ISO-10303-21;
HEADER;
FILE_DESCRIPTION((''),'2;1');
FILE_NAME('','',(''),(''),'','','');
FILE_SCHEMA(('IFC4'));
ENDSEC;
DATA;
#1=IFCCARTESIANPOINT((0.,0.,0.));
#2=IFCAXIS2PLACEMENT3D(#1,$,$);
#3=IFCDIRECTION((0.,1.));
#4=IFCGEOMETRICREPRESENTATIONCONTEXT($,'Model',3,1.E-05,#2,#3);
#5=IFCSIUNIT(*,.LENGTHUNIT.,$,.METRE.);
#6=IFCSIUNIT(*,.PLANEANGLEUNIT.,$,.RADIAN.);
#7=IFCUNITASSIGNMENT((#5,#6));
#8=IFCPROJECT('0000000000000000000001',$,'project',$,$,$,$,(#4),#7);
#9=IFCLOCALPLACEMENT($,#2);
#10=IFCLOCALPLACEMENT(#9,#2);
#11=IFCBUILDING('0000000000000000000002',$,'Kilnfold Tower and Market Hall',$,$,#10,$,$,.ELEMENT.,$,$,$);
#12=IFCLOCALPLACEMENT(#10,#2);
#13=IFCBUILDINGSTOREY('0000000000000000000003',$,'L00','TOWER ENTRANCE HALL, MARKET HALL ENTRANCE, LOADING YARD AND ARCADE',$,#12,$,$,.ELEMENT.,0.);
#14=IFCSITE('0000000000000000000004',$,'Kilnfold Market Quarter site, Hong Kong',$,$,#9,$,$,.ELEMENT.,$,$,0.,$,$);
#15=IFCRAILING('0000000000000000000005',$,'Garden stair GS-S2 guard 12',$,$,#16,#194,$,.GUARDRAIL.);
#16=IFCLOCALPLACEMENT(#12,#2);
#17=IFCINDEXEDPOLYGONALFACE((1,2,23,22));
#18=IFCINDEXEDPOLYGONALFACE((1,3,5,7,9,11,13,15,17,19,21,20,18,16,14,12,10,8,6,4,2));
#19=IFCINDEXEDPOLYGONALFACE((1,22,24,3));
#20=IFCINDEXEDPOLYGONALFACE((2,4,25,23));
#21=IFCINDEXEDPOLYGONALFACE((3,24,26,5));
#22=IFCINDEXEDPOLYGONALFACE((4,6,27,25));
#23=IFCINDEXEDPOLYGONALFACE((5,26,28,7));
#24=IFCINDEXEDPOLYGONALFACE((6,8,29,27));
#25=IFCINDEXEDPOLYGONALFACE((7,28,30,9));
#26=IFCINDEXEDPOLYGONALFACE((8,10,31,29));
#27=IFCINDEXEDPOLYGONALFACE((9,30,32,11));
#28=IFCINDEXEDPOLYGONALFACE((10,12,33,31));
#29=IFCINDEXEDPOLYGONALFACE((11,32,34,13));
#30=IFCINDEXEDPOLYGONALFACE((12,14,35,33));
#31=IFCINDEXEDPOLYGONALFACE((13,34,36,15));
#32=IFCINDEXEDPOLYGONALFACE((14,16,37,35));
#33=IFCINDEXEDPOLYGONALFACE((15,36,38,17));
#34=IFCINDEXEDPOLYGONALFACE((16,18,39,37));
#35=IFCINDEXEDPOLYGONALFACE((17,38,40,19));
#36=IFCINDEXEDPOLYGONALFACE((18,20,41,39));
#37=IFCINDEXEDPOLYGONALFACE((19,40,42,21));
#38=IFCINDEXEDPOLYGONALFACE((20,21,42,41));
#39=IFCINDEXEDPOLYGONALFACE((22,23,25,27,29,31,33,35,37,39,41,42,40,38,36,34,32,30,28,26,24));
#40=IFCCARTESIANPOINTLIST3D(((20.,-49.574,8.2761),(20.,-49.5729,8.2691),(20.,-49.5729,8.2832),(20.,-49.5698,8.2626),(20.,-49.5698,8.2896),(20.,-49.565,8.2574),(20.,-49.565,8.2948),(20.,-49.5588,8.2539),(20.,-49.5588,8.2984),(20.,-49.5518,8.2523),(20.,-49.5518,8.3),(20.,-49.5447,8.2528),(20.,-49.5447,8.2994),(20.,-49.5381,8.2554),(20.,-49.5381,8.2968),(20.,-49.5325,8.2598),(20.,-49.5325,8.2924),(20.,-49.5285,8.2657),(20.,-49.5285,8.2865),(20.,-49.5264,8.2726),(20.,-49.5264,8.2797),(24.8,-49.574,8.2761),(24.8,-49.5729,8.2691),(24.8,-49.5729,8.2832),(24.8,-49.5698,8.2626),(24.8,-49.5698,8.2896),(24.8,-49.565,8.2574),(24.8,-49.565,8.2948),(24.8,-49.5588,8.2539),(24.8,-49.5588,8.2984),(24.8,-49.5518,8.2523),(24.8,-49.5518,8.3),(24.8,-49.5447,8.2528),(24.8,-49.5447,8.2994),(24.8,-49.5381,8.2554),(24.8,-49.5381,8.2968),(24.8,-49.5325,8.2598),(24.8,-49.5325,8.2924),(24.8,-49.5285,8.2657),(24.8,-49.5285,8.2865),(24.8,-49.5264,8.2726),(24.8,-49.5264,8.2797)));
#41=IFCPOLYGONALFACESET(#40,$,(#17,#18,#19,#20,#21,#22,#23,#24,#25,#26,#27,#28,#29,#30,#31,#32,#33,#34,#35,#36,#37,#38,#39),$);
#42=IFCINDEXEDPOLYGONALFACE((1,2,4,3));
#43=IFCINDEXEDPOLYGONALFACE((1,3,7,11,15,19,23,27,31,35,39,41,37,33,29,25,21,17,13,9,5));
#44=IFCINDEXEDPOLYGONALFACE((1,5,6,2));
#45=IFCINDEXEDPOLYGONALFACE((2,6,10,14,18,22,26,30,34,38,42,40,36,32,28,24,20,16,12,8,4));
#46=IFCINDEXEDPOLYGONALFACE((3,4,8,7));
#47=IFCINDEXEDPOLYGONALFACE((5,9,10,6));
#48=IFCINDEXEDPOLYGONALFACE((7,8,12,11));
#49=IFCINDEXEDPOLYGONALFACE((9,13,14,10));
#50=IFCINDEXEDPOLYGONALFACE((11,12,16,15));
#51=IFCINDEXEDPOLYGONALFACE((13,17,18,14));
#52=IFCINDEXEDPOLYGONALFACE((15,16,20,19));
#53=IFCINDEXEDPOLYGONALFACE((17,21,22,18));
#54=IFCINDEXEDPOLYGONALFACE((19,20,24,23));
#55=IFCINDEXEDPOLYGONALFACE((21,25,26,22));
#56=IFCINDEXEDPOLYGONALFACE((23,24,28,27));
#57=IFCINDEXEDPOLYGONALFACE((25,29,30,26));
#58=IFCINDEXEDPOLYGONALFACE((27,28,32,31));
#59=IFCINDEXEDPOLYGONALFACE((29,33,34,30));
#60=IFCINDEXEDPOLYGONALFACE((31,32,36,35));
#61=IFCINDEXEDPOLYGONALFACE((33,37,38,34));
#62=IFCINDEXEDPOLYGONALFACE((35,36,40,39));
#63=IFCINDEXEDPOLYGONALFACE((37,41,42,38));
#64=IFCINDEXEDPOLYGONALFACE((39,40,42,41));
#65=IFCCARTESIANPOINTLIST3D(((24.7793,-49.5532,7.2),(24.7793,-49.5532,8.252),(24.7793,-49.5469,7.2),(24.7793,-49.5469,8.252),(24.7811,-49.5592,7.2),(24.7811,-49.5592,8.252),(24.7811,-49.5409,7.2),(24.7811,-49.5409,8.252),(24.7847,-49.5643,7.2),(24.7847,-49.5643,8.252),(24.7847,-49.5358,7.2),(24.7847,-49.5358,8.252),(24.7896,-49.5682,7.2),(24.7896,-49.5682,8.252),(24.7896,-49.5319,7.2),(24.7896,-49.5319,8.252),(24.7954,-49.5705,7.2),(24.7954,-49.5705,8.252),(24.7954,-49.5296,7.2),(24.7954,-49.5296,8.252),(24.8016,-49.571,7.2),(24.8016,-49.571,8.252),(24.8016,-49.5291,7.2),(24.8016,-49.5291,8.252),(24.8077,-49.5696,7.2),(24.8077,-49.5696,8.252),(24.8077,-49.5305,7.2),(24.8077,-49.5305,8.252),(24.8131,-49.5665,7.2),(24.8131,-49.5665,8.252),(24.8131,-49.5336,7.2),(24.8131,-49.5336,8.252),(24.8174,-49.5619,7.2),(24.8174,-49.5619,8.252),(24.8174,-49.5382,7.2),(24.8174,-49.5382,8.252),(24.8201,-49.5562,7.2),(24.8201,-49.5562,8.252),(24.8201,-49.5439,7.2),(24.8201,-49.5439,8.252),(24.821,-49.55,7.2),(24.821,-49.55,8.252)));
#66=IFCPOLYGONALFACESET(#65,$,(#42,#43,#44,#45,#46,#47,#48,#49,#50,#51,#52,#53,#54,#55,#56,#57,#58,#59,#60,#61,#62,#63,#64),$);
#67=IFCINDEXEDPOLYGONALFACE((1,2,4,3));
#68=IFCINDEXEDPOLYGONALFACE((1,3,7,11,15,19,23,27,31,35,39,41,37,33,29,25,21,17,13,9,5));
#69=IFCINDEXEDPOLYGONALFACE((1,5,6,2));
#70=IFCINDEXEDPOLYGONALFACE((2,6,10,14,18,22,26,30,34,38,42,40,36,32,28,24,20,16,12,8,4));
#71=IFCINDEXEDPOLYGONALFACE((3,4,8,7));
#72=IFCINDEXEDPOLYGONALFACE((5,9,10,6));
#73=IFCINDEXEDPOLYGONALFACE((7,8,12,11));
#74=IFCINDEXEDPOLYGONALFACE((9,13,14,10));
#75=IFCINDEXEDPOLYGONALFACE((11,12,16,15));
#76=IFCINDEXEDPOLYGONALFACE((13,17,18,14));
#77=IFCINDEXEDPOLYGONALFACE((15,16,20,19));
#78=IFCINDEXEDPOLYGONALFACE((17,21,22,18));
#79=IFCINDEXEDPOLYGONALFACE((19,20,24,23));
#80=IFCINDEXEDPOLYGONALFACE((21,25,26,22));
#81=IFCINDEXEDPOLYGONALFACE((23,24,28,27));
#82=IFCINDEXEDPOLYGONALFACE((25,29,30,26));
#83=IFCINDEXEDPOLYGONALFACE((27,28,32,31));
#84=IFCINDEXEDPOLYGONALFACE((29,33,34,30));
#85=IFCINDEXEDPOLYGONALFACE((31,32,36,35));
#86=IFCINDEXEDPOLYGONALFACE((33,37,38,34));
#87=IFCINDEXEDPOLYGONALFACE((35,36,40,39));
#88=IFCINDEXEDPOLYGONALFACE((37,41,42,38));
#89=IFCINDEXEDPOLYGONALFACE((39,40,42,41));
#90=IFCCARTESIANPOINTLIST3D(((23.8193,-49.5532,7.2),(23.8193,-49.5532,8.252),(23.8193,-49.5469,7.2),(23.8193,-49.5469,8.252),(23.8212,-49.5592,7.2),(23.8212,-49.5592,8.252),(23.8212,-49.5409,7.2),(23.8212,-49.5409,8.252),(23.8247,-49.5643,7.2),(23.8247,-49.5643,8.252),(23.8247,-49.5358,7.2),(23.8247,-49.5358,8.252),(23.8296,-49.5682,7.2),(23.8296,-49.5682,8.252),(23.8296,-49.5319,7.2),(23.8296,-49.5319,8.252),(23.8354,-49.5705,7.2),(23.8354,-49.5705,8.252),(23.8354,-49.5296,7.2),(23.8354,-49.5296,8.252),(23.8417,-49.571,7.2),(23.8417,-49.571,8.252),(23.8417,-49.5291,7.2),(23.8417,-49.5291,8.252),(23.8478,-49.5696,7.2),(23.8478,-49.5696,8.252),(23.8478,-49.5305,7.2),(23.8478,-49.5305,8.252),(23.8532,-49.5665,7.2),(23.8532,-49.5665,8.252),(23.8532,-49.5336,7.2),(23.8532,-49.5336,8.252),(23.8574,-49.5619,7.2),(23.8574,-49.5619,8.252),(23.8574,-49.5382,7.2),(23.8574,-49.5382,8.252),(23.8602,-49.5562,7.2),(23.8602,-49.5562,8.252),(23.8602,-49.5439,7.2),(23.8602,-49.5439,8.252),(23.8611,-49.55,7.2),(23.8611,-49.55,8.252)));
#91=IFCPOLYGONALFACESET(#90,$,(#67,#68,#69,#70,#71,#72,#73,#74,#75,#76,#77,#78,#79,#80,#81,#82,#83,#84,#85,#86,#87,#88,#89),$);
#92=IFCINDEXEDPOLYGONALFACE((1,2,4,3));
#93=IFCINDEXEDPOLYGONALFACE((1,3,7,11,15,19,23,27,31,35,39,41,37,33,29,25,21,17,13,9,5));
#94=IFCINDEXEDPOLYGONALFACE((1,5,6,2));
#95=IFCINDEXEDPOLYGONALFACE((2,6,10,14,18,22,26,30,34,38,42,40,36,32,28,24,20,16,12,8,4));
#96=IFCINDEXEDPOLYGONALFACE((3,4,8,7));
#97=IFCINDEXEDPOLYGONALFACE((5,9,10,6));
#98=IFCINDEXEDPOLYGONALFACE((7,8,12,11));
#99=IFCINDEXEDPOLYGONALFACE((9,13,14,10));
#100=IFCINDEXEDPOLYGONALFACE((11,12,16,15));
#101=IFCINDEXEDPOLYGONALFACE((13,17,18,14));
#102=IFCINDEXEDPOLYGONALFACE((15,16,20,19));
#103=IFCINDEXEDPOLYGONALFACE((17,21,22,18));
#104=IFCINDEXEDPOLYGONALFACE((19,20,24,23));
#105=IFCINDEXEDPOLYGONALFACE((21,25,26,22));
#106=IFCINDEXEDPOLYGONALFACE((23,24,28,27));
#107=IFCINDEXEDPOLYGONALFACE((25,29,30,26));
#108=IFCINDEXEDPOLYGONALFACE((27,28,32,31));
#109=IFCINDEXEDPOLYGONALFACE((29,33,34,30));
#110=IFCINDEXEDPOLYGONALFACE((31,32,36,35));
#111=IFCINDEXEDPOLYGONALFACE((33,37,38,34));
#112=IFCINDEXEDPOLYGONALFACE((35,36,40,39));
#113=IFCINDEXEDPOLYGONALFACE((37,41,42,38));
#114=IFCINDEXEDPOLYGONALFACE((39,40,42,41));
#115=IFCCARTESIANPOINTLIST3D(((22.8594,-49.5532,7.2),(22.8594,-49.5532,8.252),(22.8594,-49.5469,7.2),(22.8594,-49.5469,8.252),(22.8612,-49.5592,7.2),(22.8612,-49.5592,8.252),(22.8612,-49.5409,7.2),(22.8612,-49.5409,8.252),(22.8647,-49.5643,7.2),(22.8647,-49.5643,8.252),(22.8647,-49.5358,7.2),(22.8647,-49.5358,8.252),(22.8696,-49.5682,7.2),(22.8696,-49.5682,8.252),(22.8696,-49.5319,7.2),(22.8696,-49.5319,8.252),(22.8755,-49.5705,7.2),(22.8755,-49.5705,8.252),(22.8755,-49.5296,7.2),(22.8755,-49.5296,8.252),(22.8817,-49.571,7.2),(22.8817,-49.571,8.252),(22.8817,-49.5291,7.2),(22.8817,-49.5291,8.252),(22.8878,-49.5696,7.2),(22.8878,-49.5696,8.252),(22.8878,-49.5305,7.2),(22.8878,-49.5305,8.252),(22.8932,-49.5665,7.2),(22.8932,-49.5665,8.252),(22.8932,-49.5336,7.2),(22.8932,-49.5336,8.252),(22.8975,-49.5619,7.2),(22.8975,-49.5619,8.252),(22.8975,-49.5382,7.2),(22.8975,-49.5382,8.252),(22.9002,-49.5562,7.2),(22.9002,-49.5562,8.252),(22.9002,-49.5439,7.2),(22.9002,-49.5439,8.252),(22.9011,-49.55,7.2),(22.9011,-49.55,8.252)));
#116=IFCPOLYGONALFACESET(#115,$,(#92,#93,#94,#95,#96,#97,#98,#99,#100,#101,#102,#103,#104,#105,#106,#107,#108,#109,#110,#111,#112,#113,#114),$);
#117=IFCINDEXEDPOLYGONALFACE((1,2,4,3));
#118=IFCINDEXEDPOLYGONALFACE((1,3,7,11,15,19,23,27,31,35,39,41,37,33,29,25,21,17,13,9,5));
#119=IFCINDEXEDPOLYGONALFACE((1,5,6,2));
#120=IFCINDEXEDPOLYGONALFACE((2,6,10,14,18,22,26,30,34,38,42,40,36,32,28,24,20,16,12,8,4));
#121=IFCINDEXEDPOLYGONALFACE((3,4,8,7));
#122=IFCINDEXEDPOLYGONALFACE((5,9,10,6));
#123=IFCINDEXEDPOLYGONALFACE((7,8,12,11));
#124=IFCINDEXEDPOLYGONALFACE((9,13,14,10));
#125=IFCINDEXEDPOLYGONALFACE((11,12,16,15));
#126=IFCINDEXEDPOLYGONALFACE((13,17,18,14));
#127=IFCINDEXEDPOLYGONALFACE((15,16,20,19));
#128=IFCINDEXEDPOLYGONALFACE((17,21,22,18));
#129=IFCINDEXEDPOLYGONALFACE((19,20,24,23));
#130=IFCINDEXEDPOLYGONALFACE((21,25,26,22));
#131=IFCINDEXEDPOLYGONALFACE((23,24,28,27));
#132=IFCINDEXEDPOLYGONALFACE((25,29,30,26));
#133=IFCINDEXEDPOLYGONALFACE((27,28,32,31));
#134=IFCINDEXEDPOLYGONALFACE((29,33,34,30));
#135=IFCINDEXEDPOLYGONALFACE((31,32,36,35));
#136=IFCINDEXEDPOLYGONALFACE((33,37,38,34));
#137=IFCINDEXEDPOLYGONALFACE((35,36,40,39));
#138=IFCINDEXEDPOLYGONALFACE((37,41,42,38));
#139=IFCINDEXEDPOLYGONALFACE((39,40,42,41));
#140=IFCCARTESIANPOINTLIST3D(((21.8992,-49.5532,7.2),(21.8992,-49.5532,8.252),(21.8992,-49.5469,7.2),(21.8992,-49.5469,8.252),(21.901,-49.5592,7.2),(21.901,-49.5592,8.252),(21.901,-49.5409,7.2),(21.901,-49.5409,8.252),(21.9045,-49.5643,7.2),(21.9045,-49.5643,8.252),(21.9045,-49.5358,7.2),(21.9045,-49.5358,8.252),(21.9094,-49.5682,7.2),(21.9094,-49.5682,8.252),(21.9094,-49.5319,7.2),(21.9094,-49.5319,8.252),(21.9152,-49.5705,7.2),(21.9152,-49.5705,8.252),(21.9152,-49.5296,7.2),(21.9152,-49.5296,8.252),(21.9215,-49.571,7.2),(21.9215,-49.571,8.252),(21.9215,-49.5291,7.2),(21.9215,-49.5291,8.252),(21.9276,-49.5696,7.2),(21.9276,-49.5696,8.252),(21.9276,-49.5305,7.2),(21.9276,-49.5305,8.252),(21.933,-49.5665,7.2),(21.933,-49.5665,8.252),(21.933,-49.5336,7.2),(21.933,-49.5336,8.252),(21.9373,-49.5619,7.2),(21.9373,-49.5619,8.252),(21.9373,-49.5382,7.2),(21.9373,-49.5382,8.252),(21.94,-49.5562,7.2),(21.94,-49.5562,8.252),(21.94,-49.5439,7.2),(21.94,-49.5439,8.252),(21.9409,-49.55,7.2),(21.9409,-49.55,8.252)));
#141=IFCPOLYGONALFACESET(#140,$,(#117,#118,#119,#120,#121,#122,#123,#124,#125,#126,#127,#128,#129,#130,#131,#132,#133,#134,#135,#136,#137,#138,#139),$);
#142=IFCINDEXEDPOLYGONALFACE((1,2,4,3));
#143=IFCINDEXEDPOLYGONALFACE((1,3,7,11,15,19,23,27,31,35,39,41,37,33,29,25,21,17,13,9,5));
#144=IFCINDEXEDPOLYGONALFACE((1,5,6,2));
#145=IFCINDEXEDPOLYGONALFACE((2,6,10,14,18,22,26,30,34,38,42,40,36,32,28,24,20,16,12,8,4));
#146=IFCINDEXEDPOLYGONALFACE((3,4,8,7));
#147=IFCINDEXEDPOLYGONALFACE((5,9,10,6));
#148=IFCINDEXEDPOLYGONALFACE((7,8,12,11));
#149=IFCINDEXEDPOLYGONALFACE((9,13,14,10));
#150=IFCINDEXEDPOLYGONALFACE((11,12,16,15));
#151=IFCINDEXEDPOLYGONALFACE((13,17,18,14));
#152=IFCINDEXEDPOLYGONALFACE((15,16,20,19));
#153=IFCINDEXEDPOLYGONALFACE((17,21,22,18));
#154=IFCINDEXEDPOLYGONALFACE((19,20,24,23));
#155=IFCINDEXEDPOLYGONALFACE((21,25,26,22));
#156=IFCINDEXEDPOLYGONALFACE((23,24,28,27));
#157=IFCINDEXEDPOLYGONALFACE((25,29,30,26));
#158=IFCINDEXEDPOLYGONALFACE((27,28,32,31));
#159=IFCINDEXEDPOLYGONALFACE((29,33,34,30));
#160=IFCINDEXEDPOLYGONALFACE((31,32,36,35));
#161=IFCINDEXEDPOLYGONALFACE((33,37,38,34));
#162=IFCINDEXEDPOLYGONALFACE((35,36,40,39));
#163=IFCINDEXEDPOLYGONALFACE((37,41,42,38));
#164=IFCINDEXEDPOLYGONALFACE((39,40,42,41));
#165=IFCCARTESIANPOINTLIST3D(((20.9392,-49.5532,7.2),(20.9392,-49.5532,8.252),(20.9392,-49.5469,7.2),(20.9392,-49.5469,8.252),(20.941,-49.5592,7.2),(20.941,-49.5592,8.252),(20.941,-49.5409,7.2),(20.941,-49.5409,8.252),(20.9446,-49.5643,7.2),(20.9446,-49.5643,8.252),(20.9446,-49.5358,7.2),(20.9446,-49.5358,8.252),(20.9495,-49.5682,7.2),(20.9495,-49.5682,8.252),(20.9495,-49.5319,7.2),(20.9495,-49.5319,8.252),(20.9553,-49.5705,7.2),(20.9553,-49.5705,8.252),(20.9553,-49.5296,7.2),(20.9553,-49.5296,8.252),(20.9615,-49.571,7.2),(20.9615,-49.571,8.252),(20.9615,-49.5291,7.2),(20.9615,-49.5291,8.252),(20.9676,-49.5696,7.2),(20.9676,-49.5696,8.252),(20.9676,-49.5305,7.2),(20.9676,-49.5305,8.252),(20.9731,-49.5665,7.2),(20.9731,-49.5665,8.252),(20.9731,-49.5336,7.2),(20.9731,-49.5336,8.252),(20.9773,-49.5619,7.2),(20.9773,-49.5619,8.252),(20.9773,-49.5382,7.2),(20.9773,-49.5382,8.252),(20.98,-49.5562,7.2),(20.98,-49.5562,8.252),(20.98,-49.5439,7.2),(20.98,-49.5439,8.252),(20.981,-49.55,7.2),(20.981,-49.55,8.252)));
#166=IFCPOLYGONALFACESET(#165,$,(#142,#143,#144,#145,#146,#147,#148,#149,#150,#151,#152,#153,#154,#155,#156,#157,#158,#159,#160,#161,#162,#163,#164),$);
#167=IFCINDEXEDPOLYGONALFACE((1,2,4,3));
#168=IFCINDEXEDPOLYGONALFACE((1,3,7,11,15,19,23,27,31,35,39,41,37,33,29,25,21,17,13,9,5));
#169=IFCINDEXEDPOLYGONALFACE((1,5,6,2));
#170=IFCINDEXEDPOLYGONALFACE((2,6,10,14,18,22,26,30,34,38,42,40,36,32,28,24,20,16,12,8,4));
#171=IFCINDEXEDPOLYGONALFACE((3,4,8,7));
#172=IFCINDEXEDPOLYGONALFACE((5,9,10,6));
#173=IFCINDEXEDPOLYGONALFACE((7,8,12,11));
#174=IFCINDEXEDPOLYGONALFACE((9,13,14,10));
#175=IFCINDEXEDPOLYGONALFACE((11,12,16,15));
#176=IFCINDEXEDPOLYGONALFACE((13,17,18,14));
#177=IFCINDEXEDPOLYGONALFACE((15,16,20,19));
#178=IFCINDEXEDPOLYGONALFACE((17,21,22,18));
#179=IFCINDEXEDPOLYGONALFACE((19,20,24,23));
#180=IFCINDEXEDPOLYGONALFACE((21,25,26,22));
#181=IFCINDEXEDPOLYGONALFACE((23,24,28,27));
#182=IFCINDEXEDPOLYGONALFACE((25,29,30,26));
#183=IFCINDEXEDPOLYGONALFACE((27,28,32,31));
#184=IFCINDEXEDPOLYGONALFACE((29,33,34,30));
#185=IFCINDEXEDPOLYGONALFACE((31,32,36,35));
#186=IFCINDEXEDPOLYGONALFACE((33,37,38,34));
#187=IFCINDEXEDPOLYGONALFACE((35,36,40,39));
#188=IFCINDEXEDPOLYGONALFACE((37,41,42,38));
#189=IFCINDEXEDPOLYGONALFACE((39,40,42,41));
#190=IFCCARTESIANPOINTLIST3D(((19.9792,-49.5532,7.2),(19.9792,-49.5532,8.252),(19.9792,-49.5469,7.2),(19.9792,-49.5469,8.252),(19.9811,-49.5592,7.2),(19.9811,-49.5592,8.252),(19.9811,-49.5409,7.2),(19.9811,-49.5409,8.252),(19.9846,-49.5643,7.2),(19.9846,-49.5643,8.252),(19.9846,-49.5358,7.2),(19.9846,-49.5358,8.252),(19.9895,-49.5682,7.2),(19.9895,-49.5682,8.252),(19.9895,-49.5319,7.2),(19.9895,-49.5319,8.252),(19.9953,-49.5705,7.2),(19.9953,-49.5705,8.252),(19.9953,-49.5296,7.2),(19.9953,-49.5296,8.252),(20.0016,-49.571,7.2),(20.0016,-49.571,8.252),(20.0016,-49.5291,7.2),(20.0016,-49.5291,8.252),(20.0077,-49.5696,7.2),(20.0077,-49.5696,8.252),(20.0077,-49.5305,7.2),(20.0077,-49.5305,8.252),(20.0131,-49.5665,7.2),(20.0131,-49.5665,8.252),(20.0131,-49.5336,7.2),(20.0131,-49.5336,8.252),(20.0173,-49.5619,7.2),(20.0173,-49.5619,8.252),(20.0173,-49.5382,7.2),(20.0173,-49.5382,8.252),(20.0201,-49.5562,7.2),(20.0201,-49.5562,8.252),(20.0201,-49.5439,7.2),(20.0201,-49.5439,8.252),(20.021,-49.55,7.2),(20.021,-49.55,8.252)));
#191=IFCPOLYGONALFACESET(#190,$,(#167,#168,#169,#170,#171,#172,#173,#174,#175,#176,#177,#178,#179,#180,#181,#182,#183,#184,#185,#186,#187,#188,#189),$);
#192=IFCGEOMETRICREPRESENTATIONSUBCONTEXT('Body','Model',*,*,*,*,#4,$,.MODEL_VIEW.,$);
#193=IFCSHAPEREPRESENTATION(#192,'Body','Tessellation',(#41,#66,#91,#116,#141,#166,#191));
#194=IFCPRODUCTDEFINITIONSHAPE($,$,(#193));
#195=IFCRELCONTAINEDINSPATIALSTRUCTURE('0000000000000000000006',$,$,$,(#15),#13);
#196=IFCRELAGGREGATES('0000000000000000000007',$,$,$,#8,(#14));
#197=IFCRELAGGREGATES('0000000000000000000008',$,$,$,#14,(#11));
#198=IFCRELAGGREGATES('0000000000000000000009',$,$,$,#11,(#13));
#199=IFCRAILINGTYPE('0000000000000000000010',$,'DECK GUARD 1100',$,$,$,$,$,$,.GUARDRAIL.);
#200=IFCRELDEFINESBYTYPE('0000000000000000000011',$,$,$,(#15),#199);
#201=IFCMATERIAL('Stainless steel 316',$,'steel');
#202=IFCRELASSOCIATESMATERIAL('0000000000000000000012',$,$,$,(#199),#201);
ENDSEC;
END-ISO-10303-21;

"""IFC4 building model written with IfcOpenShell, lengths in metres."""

from ifc_helpers import new_model, si_unit, direction, frame, origin, origin_2d, place, context, subcontext, project, spatial, circle, extrude, material, type_object, element, save


model = new_model("IFC4")

# Units and contexts
model_context = context("Model", 3, precision=1e-05, world=origin(), true_north=direction((0.0, 1.0)))
body_context = subcontext(model_context, "Body", "Model", "MODEL_VIEW")
ifc_project = project(units=[si_unit("LENGTHUNIT", "METRE"), si_unit("PLANEANGLEUNIT", "RADIAN")], contexts=[model_context])

# Site, building, storey
site_placement = place(None, origin())
site = spatial("IfcSite", under=ifc_project, at=site_placement, Name="Kilnfold Market Quarter site, Hong Kong", CompositionType="ELEMENT", RefElevation=0.0)
building_placement = place(site_placement, origin())
building = spatial("IfcBuilding", under=site, at=building_placement, Name="Kilnfold Tower and Market Hall", CompositionType="ELEMENT")
storey_placement = place(building_placement, origin())
storey = spatial("IfcBuildingStorey", under=building, at=storey_placement, Name="L00", Description="TOWER ENTRANCE HALL, MARKET HALL ENTRANCE, LOADING YARD AND ARCADE", CompositionType="ELEMENT", Elevation=0.0)

# Railing
ifc_material_1 = material(Name="Stainless steel 316", Category="steel")
railing_type_1 = type_object("IfcRailingType", Name="DECK GUARD 1100", PredefinedType="GUARDRAIL", material=ifc_material_1)
railing_1_placement = place(storey_placement, frame((24.8, -49.55, 7.2)))
element("IfcRailing", 1, at=railing_1_placement, inside=storey, type_object=railing_type_1, Name="Garden stair GS-S2 guard 12", PredefinedType="GUARDRAIL", context=body_context, shape_type="SweptSolid", body=[
    extrude(circle(Radius=0.0239, at=origin_2d()), frame((0.0, 0.0, 1.0762), z_axis=(-1.0, 0.0, 0.0), x_axis=(0.0, -1.0, 0.0)), (0.0, 0.0, 1.0), 4.8),
    extrude(circle(Radius=0.021, at=origin_2d()), origin(), (0.0, 0.0, 1.0), 1.052),
    extrude(circle(Radius=0.021, at=origin_2d()), frame((-0.96, 0.0, 0.0)), (0.0, 0.0, 1.0), 1.052),
    extrude(circle(Radius=0.021, at=origin_2d()), frame((-1.9199, 0.0, 0.0)), (0.0, 0.0, 1.0), 1.052),
    extrude(circle(Radius=0.021, at=origin_2d()), frame((-2.8801, 0.0, 0.0)), (0.0, 0.0, 1.0), 1.052),
    extrude(circle(Radius=0.021, at=origin_2d()), frame((-3.8401, 0.0, 0.0)), (0.0, 0.0, 1.0), 1.052),
    extrude(circle(Radius=0.021, at=origin_2d()), frame((-4.8, 0.0, 0.0)), (0.0, 0.0, 1.0), 1.052),
])

save(model, "model.ifc")
